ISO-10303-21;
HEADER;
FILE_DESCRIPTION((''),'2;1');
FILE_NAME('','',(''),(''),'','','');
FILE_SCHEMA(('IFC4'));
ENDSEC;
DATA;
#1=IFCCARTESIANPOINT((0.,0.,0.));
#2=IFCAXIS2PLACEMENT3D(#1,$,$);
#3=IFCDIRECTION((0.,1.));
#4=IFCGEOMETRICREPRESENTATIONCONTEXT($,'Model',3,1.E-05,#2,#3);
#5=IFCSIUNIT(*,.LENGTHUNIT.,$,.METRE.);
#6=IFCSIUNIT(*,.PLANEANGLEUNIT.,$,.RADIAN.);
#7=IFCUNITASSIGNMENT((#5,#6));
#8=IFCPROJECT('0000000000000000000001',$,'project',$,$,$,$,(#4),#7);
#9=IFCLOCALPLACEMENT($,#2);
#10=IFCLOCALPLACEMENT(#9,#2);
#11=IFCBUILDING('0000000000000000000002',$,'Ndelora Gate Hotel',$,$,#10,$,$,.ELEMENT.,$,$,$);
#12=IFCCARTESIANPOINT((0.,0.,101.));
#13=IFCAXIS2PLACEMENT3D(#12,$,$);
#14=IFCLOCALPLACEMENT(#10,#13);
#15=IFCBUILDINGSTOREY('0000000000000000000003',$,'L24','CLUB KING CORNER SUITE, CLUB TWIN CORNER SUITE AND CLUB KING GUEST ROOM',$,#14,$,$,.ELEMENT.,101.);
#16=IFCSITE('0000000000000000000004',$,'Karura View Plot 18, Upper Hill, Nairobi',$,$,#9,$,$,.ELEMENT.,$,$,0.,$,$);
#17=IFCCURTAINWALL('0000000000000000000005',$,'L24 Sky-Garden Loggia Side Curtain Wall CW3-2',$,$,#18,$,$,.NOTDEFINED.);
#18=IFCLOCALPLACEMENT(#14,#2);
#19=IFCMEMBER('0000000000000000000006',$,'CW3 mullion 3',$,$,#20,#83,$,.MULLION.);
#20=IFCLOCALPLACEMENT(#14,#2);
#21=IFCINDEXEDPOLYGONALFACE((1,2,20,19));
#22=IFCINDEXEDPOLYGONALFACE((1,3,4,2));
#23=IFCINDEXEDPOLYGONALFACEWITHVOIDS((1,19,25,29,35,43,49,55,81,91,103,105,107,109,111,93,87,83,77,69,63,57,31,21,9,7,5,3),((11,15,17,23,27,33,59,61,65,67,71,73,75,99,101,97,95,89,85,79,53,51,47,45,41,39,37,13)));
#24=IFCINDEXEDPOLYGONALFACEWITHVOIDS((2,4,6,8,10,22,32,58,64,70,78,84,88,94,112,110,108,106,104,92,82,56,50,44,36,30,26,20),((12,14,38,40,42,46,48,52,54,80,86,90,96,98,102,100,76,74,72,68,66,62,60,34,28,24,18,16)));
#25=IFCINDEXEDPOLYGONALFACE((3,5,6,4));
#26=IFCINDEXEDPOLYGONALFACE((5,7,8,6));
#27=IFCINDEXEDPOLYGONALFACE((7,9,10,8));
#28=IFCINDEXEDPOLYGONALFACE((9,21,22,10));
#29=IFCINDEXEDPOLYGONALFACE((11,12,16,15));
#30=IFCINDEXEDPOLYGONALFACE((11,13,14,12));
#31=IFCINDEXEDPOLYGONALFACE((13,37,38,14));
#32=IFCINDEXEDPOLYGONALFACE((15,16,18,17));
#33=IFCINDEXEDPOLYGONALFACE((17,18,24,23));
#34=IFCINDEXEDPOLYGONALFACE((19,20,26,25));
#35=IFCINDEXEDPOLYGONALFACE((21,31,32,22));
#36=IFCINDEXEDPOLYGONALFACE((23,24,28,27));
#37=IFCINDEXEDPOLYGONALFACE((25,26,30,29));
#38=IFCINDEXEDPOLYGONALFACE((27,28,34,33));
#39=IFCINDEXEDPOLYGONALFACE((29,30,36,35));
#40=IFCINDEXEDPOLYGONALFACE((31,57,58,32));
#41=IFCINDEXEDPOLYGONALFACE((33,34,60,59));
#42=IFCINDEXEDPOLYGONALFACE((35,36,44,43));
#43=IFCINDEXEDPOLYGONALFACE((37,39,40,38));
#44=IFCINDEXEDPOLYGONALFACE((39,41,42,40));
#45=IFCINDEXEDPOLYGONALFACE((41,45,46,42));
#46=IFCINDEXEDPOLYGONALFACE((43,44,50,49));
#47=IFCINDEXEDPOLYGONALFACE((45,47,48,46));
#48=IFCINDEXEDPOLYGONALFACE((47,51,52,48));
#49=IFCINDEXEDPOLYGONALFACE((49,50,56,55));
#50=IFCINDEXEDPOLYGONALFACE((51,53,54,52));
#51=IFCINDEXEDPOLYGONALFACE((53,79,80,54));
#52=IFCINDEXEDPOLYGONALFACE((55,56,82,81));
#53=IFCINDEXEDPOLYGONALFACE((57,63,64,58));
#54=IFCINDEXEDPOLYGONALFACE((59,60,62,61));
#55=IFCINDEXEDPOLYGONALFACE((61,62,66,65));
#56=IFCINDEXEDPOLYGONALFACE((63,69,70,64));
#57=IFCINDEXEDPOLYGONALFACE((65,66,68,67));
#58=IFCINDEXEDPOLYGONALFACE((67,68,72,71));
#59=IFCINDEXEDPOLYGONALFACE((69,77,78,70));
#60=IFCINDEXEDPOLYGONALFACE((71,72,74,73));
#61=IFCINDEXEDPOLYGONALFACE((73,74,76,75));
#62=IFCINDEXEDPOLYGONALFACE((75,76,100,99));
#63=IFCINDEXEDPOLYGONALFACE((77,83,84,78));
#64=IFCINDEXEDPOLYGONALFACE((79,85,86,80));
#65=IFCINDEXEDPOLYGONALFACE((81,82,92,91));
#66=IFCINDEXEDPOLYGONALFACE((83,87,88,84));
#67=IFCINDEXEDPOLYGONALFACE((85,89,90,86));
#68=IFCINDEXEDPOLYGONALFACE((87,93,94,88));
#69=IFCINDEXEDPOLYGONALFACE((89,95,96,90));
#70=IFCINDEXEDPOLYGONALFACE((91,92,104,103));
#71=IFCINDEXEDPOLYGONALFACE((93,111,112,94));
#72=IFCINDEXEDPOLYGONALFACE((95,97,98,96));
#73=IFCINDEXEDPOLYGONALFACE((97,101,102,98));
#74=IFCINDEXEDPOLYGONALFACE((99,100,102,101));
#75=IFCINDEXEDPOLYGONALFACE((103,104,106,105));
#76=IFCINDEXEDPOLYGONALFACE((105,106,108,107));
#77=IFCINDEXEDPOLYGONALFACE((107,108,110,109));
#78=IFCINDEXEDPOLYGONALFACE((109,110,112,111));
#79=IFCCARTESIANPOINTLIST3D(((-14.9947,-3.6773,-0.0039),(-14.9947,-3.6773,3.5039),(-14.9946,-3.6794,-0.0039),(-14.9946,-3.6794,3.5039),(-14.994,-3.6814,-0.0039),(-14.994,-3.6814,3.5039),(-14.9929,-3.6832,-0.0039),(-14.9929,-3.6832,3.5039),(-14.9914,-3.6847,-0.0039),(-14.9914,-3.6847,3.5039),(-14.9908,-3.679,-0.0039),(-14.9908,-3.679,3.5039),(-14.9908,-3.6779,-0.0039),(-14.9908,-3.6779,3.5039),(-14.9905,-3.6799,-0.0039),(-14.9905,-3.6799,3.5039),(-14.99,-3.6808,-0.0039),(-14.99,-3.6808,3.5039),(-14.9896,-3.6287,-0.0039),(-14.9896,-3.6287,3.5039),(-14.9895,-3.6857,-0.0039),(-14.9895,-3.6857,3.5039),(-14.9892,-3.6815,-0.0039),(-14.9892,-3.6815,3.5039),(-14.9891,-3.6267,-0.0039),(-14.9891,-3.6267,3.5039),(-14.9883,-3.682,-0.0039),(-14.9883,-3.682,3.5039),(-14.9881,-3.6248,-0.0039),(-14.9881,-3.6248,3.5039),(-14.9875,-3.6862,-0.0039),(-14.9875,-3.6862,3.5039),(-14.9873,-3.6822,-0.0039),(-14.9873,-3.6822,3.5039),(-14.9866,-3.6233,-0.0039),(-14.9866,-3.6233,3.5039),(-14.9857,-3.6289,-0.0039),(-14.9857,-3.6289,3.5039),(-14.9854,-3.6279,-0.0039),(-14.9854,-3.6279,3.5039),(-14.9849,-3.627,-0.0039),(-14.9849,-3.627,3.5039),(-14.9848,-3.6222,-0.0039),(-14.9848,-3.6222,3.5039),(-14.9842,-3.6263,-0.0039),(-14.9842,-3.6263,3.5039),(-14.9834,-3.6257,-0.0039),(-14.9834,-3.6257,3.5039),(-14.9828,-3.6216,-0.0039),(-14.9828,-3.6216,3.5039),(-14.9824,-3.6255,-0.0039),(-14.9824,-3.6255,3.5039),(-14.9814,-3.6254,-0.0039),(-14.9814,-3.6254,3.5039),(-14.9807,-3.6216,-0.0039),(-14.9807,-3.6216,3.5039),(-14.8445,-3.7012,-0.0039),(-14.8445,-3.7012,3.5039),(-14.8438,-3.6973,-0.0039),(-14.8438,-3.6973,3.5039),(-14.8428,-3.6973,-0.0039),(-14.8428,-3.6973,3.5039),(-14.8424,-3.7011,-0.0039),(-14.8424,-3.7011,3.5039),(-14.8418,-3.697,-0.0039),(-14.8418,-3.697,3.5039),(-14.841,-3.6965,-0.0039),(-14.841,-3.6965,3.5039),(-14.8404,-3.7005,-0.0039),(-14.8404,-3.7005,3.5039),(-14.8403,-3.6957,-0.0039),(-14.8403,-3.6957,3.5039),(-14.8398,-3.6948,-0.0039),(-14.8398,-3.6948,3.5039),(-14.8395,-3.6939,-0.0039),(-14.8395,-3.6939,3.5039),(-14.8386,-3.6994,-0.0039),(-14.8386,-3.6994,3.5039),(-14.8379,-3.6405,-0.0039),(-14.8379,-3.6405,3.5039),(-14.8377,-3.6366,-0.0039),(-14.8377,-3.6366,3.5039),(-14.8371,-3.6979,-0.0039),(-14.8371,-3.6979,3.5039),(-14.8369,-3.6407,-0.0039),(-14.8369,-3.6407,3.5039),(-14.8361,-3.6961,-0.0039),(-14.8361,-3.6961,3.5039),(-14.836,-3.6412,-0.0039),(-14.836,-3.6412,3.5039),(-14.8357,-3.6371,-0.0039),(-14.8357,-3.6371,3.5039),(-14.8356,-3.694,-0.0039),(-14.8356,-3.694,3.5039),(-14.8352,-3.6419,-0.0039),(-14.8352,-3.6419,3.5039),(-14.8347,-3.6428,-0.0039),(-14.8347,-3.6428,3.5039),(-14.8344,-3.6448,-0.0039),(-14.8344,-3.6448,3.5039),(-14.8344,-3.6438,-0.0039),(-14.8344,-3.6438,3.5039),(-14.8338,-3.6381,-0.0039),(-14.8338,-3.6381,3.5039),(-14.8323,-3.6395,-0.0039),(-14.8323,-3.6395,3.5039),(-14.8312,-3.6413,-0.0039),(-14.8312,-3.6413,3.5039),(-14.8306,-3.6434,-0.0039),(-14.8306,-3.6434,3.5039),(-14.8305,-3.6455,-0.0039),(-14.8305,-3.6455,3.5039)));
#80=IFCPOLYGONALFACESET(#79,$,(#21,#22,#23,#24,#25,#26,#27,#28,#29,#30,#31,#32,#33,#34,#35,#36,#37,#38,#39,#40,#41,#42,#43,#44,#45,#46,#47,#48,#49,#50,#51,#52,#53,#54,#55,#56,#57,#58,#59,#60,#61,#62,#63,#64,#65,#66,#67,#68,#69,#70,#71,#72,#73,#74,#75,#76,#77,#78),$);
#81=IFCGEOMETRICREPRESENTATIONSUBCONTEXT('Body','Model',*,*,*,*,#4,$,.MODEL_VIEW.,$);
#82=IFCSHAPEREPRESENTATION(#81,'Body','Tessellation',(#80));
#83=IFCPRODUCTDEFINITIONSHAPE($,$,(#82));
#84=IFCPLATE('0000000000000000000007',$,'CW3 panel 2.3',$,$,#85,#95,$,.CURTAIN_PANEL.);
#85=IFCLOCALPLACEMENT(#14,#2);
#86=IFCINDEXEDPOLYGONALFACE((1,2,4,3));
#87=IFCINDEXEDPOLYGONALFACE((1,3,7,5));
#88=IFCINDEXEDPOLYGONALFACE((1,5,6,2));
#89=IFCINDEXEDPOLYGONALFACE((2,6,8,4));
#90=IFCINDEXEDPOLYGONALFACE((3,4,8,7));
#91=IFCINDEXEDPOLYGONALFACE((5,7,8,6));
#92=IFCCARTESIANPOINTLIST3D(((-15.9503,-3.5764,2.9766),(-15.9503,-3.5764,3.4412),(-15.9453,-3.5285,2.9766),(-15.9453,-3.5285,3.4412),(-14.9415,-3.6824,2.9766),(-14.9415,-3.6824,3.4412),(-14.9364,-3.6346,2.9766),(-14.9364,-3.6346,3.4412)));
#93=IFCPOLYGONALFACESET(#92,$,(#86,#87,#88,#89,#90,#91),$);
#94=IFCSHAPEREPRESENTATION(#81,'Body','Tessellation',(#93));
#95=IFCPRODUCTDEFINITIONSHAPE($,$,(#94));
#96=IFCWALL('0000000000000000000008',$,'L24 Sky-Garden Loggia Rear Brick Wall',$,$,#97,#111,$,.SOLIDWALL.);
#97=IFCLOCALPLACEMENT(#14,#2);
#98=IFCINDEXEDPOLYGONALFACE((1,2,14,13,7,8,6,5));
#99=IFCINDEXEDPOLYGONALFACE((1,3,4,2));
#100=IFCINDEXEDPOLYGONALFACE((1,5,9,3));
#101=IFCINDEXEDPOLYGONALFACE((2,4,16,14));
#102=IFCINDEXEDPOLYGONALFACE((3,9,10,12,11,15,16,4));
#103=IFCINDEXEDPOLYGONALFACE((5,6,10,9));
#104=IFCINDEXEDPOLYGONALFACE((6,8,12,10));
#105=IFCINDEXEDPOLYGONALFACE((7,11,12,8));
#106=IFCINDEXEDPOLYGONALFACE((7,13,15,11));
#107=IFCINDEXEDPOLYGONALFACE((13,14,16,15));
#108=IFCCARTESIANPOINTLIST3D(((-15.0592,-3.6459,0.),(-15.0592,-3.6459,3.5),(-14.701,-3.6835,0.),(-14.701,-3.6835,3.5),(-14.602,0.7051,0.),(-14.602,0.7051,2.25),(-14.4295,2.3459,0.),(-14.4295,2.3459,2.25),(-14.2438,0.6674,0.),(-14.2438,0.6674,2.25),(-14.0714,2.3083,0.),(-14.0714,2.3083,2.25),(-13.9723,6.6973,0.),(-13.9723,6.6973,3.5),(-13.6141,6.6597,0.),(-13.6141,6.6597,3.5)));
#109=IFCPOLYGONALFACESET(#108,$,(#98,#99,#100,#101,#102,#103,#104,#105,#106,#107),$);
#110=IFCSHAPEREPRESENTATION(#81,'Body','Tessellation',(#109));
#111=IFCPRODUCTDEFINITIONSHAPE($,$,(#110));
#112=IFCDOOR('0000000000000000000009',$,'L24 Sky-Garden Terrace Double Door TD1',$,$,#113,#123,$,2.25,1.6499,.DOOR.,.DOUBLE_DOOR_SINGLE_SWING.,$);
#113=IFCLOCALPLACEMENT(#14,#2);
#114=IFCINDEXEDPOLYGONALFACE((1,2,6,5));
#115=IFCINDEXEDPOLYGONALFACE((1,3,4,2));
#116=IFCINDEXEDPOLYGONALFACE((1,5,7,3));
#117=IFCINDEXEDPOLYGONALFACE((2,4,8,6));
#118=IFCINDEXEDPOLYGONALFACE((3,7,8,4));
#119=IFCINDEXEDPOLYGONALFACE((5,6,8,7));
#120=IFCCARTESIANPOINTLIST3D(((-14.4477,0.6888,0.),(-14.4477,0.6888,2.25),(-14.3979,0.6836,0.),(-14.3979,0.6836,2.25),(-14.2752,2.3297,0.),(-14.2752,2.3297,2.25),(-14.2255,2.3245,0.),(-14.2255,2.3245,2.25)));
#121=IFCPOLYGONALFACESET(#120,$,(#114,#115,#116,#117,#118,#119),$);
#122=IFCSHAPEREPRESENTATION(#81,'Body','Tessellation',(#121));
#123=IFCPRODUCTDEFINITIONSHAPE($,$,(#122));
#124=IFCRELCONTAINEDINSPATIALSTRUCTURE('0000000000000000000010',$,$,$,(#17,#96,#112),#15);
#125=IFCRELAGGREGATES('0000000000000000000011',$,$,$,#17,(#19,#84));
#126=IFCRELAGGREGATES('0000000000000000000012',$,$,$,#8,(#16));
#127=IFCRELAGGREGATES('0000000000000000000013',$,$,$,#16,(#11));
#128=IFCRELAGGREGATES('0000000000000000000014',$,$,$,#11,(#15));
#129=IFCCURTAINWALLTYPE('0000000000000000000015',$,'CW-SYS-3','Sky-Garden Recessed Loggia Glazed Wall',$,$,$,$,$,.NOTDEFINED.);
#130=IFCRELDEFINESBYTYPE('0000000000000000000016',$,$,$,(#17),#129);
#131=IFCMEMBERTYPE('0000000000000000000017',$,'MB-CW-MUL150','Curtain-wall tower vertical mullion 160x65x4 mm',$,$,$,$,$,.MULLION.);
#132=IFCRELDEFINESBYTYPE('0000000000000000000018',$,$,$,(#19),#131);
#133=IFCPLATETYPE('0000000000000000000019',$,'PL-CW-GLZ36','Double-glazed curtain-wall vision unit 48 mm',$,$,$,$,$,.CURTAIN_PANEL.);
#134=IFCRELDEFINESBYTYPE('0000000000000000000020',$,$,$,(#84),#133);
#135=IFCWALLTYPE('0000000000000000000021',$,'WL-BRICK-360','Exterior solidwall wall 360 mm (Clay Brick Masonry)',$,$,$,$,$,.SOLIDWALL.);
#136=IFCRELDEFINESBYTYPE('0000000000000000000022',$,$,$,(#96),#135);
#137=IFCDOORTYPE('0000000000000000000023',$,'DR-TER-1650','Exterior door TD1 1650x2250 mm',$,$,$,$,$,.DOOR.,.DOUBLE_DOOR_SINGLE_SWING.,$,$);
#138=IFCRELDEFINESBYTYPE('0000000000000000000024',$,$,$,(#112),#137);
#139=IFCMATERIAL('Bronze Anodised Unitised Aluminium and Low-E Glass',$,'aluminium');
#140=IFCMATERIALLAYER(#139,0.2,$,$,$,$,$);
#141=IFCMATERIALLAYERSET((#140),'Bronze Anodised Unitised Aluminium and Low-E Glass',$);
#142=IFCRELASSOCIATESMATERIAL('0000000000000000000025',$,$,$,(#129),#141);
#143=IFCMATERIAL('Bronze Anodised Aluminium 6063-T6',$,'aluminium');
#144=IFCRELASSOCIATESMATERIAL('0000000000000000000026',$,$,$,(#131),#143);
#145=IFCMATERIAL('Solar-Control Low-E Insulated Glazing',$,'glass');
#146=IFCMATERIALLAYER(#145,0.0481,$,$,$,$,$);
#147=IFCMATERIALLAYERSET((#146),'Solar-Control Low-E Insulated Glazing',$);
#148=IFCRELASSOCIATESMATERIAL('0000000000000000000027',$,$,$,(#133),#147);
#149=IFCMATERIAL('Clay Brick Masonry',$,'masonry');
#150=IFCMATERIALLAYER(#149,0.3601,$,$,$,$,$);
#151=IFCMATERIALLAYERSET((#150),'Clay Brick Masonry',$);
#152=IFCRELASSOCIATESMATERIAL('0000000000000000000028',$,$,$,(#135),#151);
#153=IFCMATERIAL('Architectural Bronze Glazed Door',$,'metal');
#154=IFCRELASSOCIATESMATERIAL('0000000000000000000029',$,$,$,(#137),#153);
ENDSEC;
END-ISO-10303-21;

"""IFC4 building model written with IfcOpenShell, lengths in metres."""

from ifc_helpers import new_model, si_unit, direction, frame, frame_2d, origin, origin_2d, place, context, subcontext, project, spatial, rectangle, hollow_rectangle, extrude, material, layer, layer_set, material_profile, profile_set, type_object, element, fill, aggregate, save


model = new_model("IFC4")

# Units and contexts
model_context = context("Model", 3, precision=1e-05, world=origin(), true_north=direction((0.0, 1.0)))
body_context = subcontext(model_context, "Body", "Model", "MODEL_VIEW")
ifc_project = project(units=[si_unit("LENGTHUNIT", "METRE"), si_unit("PLANEANGLEUNIT", "RADIAN")], contexts=[model_context])

# Site, building, storey
site_placement = place(None, origin())
site = spatial("IfcSite", under=ifc_project, at=site_placement, Name="Karura View Plot 18, Upper Hill, Nairobi", CompositionType="ELEMENT", RefElevation=0.0)
building_placement = place(site_placement, origin())
building = spatial("IfcBuilding", under=site, at=building_placement, Name="Ndelora Gate Hotel", CompositionType="ELEMENT")
storey_placement = place(building_placement, frame((0.0, 0.0, 101.0)))
storey = spatial("IfcBuildingStorey", under=building, at=storey_placement, Name="L24", Description="CLUB KING CORNER SUITE, CLUB TWIN CORNER SUITE AND CLUB KING GUEST ROOM", CompositionType="ELEMENT", Elevation=101.0)

# Curtain wall, member, plate
ifc_material_1 = material(Name="Bronze Anodised Unitised Aluminium and Low-E Glass", Category="aluminium")
ifc_layer_1 = layer(ifc_material_1, 0.2)
ifc_layer_set_1 = layer_set([ifc_layer_1], Name="Bronze Anodised Unitised Aluminium and Low-E Glass")
curtain_wall_type = type_object("IfcCurtainWallType", Name="CW-SYS-3", Description="Sky-Garden Recessed Loggia Glazed Wall", PredefinedType="NOTDEFINED", material=ifc_layer_set_1)
curtain_wall_placement = place(storey_placement, origin())
curtain_wall = element("IfcCurtainWall", 1, at=curtain_wall_placement, inside=storey, type_object=curtain_wall_type, Name="L24 Sky-Garden Loggia Side Curtain Wall CW3-2", PredefinedType="NOTDEFINED")
ifc_material_2 = material(Name="Bronze Anodised Aluminium 6063-T6", Category="aluminium")
ifc_material_profile_1 = material_profile(ifc_material_2, hollow_rectangle(XDim=0.0649, YDim=0.1599, WallThickness=0.0039, InnerFilletRadius=0.0039, OuterFilletRadius=0.0081, at=origin_2d()), Name="ALU 160x65x4")
ifc_profile_set_1 = profile_set([ifc_material_profile_1], Name="Bronze Anodised Aluminium 6063-T6")
member_type = type_object("IfcMemberType", Name="MB-CW-MUL150", Description="Curtain-wall tower vertical mullion 160x65x4 mm", PredefinedType="MULLION", material=ifc_profile_set_1)
member_placement = place(storey_placement, frame((-14.9126, -3.6614, -0.0039), z_axis=(0.0, 0.0, 1.0), x_axis=(0.104548, 0.99452, 0.0)))
member = element("IfcMember", 2, at=member_placement, type_object=member_type, Name="CW3 mullion 3", PredefinedType="MULLION", context=body_context, shape_type="SweptSolid", body=[
    extrude(hollow_rectangle(XDim=0.0649, YDim=0.1599, WallThickness=0.0039, InnerFilletRadius=0.0039, OuterFilletRadius=0.0081, at=origin_2d()), origin(), (0.0, 0.0, 1.0), 3.5078),
])
ifc_material_3 = material(Name="Solar-Control Low-E Insulated Glazing", Category="glass")
ifc_layer_2 = layer(ifc_material_3, 0.0481)
ifc_layer_set_2 = layer_set([ifc_layer_2], Name="Solar-Control Low-E Insulated Glazing")
plate_type = type_object("IfcPlateType", Name="PL-CW-GLZ36", Description="Double-glazed curtain-wall vision unit 48 mm", PredefinedType="CURTAIN_PANEL", material=ifc_layer_set_2)
plate_placement = place(storey_placement, frame((-15.4434, -3.6055, 2.9766), z_axis=(0.0, 0.0, 1.0), x_axis=(0.99452, -0.104548, 0.0)))
plate = element("IfcPlate", 3, at=plate_placement, type_object=plate_type, Name="CW3 panel 2.3", PredefinedType="CURTAIN_PANEL", context=body_context, shape_type="SweptSolid", body=[
    extrude(rectangle(XDim=1.0144, YDim=0.0481, at=origin_2d()), origin(), (0.0, 0.0, 1.0), 0.4646),
])
aggregate(curtain_wall, [member, plate])

# Wall, opening, door
ifc_material_4 = material(Name="Clay Brick Masonry", Category="masonry")
ifc_layer_3 = layer(ifc_material_4, 0.3601)
ifc_layer_set_3 = layer_set([ifc_layer_3], Name="Clay Brick Masonry")
wall_type_1 = type_object("IfcWallType", Name="WL-BRICK-360", Description="Exterior solidwall wall 360 mm (Clay Brick Masonry)", PredefinedType="SOLIDWALL", material=ifc_layer_set_3)
wall_1_placement = place(storey_placement, frame((-14.8801, -3.6648, 0.0), z_axis=(0.0, 0.0, 1.0), x_axis=(0.104509, 0.994524, 0.0)))
wall_1 = element("IfcWall", 4, at=wall_1_placement, inside=storey, type_object=wall_type_1, Name="L24 Sky-Garden Loggia Rear Brick Wall", PredefinedType="SOLIDWALL", context=body_context, shape_type="SweptSolid", body=[
    extrude(rectangle(XDim=10.4001, YDim=0.3601, at=frame_2d((5.2002, 0.0))), origin(), (0.0, 0.0, 1.0), 3.5),
])
opening_1_placement = place(wall_1_placement, frame((4.375, 0.0, 0.0)))
opening_1 = element("IfcOpeningElement", 5, at=opening_1_placement, cuts=wall_1, PredefinedType="OPENING", context=body_context, shape_type="SweptSolid", body=[
    extrude(rectangle(XDim=1.6499, YDim=2.25, at=frame_2d((0.825, 1.125))), frame((0.0, 0.1899, 0.0), z_axis=(0.0, -1.0, 0.0), x_axis=(1.0, 0.0, 0.0)), (0.0, 0.0, 1.0), 0.3801),
])
ifc_material_5 = material(Name="Architectural Bronze Glazed Door", Category="metal")
door_type_1 = type_object("IfcDoorType", Name="DR-TER-1650", Description="Exterior door TD1 1650x2250 mm", OperationType="DOUBLE_DOOR_SINGLE_SWING", PredefinedType="DOOR", material=ifc_material_5)
door_1_placement = place(opening_1_placement, origin())
door_1 = element("IfcDoor", 6, at=door_1_placement, inside=storey, type_object=door_type_1, Name="L24 Sky-Garden Terrace Double Door TD1", OperationType="DOUBLE_DOOR_SINGLE_SWING", OverallHeight=2.25, OverallWidth=1.6499, PredefinedType="DOOR", context=body_context, shape_type="SweptSolid", body=[
    extrude(rectangle(XDim=1.6499, YDim=2.25, at=frame_2d((0.825, 1.125))), frame((0.0, 0.0249, 0.0), z_axis=(0.0, -1.0, 0.0), x_axis=(1.0, 0.0, 0.0)), (0.0, 0.0, 1.0), 0.05),
])
fill(opening_1, door_1)

save(model, "model.ifc")
